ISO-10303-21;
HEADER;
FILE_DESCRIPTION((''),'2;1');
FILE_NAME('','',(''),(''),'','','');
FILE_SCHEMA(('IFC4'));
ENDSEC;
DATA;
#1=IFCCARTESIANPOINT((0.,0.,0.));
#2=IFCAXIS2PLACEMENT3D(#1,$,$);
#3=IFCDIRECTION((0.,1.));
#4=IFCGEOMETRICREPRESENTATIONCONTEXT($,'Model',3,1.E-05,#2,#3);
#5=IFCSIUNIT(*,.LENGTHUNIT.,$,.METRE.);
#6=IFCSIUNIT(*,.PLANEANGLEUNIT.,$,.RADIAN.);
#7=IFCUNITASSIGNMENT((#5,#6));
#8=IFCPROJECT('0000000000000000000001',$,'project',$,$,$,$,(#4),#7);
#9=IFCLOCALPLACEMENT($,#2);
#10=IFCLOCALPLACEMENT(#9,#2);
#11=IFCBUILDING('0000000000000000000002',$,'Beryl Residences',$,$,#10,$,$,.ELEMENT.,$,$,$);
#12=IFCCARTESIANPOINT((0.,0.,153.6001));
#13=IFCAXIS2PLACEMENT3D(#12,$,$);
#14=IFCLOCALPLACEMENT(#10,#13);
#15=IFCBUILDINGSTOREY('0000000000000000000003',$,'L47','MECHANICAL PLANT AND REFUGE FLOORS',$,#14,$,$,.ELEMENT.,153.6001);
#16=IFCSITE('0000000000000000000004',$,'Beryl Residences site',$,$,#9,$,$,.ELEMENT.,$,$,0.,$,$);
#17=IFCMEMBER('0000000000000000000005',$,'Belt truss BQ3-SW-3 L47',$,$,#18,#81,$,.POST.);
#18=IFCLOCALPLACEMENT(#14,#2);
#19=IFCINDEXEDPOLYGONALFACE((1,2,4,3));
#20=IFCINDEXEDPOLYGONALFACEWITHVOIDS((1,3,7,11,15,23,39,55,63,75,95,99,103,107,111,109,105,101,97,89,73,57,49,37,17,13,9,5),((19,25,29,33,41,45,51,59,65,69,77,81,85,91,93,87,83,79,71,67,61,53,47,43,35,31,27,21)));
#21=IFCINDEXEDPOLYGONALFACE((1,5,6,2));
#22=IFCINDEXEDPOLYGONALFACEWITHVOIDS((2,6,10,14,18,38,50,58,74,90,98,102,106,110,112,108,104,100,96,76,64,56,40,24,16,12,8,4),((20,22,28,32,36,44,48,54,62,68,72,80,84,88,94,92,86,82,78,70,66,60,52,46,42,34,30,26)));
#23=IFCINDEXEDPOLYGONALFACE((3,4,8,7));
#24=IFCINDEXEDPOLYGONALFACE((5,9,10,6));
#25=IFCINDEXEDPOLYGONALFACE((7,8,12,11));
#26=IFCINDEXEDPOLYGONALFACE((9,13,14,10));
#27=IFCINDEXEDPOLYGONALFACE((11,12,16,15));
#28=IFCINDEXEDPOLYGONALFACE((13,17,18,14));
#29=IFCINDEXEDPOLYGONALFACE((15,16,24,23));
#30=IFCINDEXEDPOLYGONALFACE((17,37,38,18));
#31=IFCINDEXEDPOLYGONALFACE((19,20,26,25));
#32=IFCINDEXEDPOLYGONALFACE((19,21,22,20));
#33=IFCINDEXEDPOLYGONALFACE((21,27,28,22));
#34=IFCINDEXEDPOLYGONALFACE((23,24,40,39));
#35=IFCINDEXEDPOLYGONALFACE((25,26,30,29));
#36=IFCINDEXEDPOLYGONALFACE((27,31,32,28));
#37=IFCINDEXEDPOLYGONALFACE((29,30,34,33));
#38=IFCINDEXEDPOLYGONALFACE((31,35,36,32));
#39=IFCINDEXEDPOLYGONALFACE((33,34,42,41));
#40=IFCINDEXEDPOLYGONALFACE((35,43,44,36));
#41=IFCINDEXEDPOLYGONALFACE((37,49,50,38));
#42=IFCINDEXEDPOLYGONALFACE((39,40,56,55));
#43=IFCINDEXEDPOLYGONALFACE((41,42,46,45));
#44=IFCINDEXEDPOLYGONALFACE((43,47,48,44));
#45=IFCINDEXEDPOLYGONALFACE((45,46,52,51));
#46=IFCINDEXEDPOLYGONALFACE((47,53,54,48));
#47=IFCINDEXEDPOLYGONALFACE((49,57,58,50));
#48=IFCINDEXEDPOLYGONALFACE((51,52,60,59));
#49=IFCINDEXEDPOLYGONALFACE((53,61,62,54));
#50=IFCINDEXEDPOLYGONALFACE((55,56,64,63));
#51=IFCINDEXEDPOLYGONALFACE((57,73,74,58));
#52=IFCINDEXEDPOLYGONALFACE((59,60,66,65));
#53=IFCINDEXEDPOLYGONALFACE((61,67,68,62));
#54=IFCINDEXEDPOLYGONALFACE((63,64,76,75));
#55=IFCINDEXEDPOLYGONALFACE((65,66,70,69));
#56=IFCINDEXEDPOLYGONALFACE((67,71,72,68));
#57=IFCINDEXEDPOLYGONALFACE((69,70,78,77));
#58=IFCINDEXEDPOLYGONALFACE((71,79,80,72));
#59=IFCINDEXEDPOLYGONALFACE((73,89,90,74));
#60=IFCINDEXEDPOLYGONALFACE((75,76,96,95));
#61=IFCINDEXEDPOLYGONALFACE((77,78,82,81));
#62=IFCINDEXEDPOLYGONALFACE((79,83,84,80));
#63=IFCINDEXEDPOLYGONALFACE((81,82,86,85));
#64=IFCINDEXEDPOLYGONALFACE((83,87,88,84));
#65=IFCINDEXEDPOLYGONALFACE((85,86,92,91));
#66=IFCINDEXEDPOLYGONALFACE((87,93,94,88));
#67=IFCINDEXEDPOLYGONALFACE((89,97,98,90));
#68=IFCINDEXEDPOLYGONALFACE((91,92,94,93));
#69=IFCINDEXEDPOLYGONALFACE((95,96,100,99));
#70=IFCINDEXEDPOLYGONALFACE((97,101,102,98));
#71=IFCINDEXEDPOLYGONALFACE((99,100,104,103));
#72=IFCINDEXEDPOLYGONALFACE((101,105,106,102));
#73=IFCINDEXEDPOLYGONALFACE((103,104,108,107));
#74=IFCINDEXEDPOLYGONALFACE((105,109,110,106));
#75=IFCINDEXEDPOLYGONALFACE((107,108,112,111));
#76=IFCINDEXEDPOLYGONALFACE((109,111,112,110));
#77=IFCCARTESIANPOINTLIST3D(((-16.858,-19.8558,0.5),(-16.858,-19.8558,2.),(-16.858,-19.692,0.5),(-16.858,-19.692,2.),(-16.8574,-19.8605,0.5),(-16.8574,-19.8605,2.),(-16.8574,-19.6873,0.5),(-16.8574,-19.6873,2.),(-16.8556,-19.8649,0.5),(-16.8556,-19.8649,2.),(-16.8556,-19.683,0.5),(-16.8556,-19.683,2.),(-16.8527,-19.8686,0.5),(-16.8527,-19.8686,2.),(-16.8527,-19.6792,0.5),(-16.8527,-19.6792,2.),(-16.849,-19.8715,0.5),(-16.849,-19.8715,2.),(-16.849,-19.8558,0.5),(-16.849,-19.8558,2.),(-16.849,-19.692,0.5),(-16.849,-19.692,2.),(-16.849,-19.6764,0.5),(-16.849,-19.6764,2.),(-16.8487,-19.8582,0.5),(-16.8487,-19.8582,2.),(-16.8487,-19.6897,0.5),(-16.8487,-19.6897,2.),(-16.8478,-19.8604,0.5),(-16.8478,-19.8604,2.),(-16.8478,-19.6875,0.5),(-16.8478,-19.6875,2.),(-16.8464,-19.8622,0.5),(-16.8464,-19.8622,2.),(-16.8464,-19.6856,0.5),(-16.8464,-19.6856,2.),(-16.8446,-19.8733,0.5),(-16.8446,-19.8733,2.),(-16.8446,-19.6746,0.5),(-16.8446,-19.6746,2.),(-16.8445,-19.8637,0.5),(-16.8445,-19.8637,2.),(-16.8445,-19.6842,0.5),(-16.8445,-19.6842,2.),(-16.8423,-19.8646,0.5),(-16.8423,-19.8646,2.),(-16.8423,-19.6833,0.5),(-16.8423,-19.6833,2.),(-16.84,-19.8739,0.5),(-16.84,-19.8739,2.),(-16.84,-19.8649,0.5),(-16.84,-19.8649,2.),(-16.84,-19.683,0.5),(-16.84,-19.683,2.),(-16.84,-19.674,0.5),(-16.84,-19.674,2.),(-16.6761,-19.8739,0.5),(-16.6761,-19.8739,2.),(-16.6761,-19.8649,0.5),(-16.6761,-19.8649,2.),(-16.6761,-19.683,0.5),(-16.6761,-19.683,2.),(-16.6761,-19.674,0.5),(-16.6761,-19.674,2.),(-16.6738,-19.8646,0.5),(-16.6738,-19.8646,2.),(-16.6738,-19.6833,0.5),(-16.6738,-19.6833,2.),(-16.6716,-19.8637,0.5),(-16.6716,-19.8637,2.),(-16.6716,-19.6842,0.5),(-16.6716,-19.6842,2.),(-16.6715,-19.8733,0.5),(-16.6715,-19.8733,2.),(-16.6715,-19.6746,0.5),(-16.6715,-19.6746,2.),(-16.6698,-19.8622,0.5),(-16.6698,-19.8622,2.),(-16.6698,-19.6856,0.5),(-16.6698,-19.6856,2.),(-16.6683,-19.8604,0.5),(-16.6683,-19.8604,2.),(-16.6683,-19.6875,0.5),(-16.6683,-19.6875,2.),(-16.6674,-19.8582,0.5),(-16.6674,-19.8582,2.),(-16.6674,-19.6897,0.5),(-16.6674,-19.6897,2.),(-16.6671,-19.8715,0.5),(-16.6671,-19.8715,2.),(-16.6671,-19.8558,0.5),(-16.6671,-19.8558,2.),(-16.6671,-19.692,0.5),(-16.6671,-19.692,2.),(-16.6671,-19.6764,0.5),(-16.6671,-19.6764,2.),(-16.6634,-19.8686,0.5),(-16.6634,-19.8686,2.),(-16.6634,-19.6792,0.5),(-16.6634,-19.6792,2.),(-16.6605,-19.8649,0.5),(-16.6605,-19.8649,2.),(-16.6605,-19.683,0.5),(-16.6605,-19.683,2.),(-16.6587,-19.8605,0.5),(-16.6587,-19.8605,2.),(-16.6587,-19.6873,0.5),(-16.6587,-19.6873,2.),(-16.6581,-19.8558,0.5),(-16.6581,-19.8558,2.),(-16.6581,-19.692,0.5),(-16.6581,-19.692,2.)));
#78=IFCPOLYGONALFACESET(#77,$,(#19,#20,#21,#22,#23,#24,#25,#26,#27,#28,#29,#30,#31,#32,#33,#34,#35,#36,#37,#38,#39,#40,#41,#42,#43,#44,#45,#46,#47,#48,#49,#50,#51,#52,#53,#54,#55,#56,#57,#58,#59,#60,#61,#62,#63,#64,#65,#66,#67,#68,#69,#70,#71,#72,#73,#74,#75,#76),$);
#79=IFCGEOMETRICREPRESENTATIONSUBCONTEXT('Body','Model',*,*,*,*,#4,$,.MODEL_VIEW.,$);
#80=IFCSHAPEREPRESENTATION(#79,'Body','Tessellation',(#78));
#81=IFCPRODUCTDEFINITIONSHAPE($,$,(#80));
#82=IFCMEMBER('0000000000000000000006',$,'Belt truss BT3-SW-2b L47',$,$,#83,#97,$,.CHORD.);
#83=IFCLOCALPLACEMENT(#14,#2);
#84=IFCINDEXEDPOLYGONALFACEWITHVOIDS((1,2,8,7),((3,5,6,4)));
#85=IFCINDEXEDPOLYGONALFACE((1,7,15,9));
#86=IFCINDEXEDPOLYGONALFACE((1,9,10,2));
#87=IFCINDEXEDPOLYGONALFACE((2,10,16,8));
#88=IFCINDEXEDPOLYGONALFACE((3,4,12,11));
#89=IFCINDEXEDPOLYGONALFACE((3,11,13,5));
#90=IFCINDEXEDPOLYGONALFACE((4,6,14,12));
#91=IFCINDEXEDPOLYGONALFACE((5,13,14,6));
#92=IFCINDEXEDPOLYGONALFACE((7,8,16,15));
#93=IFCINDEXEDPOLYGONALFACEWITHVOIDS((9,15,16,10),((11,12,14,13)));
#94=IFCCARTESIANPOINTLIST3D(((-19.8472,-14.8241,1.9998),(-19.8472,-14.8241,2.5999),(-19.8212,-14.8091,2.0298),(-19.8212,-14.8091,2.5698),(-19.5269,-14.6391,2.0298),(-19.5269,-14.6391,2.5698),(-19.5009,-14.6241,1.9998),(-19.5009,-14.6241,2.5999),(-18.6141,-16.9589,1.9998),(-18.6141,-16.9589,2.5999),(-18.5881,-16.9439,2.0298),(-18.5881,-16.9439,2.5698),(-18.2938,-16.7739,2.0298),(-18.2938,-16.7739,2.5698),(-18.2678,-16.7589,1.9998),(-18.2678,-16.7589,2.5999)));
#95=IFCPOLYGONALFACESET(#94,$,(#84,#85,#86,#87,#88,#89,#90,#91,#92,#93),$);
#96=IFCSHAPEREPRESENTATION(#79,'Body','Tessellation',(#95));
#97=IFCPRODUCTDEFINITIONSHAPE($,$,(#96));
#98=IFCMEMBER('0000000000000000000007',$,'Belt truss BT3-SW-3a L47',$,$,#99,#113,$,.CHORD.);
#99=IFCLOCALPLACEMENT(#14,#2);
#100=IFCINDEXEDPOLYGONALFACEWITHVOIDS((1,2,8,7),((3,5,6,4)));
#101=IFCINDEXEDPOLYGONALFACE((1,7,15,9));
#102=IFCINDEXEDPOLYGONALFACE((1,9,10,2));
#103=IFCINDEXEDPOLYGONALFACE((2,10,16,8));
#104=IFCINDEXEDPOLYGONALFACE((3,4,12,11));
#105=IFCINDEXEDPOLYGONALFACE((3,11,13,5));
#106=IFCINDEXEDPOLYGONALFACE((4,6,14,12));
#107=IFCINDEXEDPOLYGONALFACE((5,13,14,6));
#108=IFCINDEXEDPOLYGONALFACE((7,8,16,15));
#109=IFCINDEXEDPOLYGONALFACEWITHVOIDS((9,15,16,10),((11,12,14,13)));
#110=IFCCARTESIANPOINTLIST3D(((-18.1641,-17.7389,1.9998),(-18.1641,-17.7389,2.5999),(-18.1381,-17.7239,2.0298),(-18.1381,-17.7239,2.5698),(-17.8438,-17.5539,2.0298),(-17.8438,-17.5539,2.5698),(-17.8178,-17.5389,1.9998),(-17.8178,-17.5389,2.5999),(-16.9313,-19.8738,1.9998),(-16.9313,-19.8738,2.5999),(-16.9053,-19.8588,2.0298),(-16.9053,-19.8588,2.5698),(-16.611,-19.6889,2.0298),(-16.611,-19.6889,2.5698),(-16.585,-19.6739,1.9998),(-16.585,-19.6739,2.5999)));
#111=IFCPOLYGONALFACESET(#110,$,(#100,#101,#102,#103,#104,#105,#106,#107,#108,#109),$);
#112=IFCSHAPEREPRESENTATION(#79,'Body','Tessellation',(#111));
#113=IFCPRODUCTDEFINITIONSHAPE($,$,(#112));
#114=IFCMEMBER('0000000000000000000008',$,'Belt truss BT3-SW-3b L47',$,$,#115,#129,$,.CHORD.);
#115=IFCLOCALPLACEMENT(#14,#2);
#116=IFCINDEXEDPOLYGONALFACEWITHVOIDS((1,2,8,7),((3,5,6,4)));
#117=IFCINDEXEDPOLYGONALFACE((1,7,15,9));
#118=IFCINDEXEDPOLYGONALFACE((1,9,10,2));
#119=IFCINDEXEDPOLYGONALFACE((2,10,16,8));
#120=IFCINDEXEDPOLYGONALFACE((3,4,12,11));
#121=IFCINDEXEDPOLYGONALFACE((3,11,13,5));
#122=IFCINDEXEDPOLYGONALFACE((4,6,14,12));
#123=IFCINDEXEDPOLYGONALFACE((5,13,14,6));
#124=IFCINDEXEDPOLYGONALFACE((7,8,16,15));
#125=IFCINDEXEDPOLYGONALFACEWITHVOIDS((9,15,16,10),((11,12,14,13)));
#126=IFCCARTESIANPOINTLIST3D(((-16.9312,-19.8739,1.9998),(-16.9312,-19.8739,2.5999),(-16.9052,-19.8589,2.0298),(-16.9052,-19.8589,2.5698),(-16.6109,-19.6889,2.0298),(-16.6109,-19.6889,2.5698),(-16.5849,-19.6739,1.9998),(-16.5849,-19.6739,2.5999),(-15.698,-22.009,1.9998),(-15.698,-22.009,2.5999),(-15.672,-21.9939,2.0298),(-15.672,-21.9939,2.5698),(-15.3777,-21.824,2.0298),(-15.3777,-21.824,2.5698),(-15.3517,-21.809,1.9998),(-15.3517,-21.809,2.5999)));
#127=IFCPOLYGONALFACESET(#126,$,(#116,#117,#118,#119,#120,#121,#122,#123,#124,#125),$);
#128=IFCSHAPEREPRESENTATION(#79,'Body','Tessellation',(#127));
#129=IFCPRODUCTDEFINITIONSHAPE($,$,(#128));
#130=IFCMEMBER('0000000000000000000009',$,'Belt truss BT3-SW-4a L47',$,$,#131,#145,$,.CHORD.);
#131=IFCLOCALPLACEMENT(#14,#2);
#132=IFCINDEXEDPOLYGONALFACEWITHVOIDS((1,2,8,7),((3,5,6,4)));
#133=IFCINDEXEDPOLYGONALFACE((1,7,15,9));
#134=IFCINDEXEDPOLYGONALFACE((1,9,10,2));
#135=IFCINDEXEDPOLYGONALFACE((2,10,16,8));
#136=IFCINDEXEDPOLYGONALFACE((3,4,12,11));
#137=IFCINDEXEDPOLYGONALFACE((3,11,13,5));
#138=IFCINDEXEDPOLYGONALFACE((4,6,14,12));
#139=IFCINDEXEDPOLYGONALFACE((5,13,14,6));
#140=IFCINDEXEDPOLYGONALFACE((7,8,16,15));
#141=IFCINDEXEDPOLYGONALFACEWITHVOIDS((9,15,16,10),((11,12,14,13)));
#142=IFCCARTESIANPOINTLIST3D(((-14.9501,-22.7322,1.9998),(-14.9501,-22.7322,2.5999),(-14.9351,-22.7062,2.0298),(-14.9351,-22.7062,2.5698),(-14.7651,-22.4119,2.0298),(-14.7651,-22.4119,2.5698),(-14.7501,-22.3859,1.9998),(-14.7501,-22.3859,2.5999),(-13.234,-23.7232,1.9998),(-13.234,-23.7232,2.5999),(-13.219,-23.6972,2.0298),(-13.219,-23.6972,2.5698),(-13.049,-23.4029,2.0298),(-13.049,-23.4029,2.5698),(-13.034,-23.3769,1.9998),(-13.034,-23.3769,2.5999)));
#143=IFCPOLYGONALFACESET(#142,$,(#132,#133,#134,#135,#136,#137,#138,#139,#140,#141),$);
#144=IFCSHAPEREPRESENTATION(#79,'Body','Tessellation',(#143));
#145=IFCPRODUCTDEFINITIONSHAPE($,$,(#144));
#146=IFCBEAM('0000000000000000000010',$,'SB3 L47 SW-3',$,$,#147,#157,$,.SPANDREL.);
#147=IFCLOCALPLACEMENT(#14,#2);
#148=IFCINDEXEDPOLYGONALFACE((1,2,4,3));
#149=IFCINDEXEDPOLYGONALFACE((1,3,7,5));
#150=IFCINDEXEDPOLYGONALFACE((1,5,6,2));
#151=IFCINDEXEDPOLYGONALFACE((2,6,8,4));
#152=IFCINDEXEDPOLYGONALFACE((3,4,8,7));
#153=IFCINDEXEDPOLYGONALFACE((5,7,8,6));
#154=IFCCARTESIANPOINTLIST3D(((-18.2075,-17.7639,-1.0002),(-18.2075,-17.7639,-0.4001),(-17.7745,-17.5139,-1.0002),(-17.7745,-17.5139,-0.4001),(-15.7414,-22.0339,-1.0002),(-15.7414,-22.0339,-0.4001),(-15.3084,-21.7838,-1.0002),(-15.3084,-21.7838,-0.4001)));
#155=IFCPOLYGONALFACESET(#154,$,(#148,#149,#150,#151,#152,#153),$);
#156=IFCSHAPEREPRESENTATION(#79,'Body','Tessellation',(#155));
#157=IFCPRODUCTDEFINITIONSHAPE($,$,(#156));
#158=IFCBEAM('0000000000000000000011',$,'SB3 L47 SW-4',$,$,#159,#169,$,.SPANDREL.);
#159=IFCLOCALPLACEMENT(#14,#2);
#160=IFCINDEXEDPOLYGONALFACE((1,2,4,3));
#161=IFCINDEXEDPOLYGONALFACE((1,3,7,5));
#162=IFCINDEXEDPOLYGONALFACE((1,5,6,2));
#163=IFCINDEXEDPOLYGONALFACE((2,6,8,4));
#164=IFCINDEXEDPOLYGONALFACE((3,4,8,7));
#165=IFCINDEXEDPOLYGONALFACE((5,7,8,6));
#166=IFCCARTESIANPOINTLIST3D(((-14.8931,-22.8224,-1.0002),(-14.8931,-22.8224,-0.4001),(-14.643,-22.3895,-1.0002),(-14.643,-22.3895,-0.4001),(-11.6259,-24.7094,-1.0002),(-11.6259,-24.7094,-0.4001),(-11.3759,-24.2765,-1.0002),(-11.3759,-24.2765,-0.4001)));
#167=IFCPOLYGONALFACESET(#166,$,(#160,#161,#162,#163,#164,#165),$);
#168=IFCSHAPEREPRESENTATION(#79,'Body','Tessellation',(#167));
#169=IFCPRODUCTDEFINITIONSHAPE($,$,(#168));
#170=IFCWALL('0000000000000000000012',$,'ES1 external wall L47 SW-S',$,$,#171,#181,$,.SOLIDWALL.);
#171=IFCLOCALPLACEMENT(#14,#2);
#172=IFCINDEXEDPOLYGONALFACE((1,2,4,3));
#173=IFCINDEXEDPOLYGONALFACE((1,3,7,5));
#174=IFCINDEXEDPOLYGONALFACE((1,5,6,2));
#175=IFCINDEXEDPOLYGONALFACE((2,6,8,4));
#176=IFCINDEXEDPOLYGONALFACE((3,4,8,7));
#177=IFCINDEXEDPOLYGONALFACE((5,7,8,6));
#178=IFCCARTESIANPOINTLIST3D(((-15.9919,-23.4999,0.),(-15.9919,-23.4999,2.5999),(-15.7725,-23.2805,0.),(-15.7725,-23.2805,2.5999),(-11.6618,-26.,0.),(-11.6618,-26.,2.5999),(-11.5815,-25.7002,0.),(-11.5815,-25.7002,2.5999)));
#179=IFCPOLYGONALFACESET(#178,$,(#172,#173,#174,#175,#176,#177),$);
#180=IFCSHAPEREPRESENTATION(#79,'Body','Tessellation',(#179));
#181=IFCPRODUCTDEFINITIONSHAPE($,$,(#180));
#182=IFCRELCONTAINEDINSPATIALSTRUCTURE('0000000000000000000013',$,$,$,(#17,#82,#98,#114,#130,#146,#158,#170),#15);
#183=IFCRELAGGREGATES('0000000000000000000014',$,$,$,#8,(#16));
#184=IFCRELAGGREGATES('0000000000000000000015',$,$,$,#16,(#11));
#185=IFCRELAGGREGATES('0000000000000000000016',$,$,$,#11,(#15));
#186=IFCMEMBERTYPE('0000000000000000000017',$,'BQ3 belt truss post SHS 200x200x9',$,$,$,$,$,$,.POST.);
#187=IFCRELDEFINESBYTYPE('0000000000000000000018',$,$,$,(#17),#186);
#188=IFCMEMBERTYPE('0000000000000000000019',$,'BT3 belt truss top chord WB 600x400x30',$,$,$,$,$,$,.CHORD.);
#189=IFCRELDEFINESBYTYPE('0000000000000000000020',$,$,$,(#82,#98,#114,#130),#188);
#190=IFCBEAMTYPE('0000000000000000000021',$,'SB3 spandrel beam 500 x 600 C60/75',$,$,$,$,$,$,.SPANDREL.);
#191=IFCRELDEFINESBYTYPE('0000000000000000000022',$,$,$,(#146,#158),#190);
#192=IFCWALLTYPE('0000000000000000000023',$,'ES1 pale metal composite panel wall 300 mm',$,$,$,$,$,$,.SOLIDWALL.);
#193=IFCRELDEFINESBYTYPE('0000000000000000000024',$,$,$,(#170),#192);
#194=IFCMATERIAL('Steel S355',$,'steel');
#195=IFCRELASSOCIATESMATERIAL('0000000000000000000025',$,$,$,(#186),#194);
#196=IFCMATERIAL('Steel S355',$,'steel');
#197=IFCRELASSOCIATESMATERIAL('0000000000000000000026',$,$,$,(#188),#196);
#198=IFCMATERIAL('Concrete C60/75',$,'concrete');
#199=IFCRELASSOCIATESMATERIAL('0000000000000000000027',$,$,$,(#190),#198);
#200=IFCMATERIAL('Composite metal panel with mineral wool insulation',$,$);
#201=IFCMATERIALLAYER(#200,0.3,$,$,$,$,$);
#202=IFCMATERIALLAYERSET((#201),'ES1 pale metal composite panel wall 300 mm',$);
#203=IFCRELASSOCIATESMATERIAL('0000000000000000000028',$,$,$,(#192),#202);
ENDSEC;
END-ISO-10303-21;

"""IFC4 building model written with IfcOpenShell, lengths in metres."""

from ifc_helpers import new_model, si_unit, direction, frame, origin, origin_2d, place, context, subcontext, project, spatial, polyline, rectangle, hollow_rectangle, outline, extrude, material, layer, layer_set, material_profile, profile_set, type_object, element, save


model = new_model("IFC4")

# Units and contexts
model_context = context("Model", 3, precision=1e-05, world=origin(), true_north=direction((0.0, 1.0)))
body_context = subcontext(model_context, "Body", "Model", "MODEL_VIEW")
ifc_project = project(units=[si_unit("LENGTHUNIT", "METRE"), si_unit("PLANEANGLEUNIT", "RADIAN")], contexts=[model_context])

# Site, building, storey
site_placement = place(None, origin())
site = spatial("IfcSite", under=ifc_project, at=site_placement, Name="Beryl Residences site", CompositionType="ELEMENT", RefElevation=0.0)
building_placement = place(site_placement, origin())
building = spatial("IfcBuilding", under=site, at=building_placement, Name="Beryl Residences", CompositionType="ELEMENT")
storey_placement = place(building_placement, frame((0.0, 0.0, 153.6001)))
storey = spatial("IfcBuildingStorey", under=building, at=storey_placement, Name="L47", Description="MECHANICAL PLANT AND REFUGE FLOORS", CompositionType="ELEMENT", Elevation=153.6001)

# Members
ifc_material_1 = material(Name="Steel S355", Category="steel")
ifc_material_profile_1 = material_profile(ifc_material_1, hollow_rectangle(XDim=0.2, YDim=0.2, WallThickness=0.009, InnerFilletRadius=0.009, OuterFilletRadius=0.0181, at=origin_2d()))
ifc_profile_set_1 = profile_set([ifc_material_profile_1], Name="Steel S355")
member_type_1 = type_object("IfcMemberType", Name="BQ3 belt truss post SHS 200x200x9", PredefinedType="POST", material=ifc_profile_set_1)
for number, where, z_axis, x_axis, name in (
    (1, (-16.7581, -19.7739, 0.5), (0.0, 0.0, 1.0), (1.0, 0.0, 0.0), "Belt truss BQ3-SW-3 L47"),
):
    element("IfcMember", number, at=place(storey_placement, frame(where, z_axis=z_axis, x_axis=x_axis)), inside=storey, type_object=member_type_1, Name=name, PredefinedType="POST", context=body_context, shape_type="SweptSolid", body=[
        extrude(hollow_rectangle(XDim=0.2, YDim=0.2, WallThickness=0.009, InnerFilletRadius=0.009, OuterFilletRadius=0.0181, at=origin_2d()), origin(), (0.0, 0.0, 1.0), 1.5),
    ])
ifc_material_2 = material(Name="Steel S355", Category="steel")
ifc_material_profile_2 = material_profile(ifc_material_2, hollow_rectangle(XDim=0.3999, YDim=0.6001, WallThickness=0.03, at=origin_2d()))
ifc_profile_set_2 = profile_set([ifc_material_profile_2], Name="Steel S355")
member_type_2 = type_object("IfcMemberType", Name="BT3 belt truss top chord WB 600x400x30", PredefinedType="CHORD", material=ifc_profile_set_2)
for number, where, z_axis, x_axis, name in (
    (2, (-19.6741, -14.7241, 2.2998), (0.500197, -0.865912, 0.0), (0.865912, 0.500197, 0.0), "Belt truss BT3-SW-2b L47"),
    (3, (-17.991, -17.6389, 2.2998), (0.50008, -0.865979, 0.0), (0.865979, 0.50008, 0.0), "Belt truss BT3-SW-3a L47"),
):
    element("IfcMember", number, at=place(storey_placement, frame(where, z_axis=z_axis, x_axis=x_axis)), inside=storey, type_object=member_type_2, Name=name, PredefinedType="CHORD", context=body_context, shape_type="SweptSolid", body=[
        extrude(hollow_rectangle(XDim=0.3999, YDim=0.6001, WallThickness=0.03, at=origin_2d()), origin(), (0.0, 0.0, 1.0), 2.4653),
    ])
member_1_placement = place(storey_placement, frame((-16.7581, -19.7739, 2.2998), z_axis=(0.500154, -0.865937, 0.0), x_axis=(0.865937, 0.500154, 0.0)))
element("IfcMember", 4, at=member_1_placement, inside=storey, type_object=member_type_2, Name="Belt truss BT3-SW-3b L47", PredefinedType="CHORD", context=body_context, shape_type="SweptSolid", body=[
    extrude(hollow_rectangle(XDim=0.3999, YDim=0.6001, WallThickness=0.03, at=origin_2d()), origin(), (0.0, 0.0, 1.0), 2.4656),
])
member_2_placement = place(storey_placement, frame((-14.8501, -22.5591, 2.2998), z_axis=(0.865982, -0.500074, 0.0), x_axis=(0.500074, 0.865982, 0.0)))
element("IfcMember", 5, at=member_2_placement, inside=storey, type_object=member_type_2, Name="Belt truss BT3-SW-4a L47", PredefinedType="CHORD", context=body_context, shape_type="SweptSolid", body=[
    extrude(hollow_rectangle(XDim=0.3999, YDim=0.6001, WallThickness=0.03, at=origin_2d()), origin(), (0.0, 0.0, 1.0), 1.9817),
])

# Beams
ifc_material_3 = material(Name="Concrete C60/75", Category="concrete")
ifc_material_profile_3 = material_profile(ifc_material_3, rectangle(XDim=0.5, YDim=0.6001, at=origin_2d()))
ifc_profile_set_3 = profile_set([ifc_material_profile_3], Name="Concrete C60/75")
beam_type = type_object("IfcBeamType", Name="SB3 spandrel beam 500 x 600 C60/75", PredefinedType="SPANDREL", material=ifc_profile_set_3)
beam_1_placement = place(storey_placement, frame((-17.991, -17.6389, -0.7002), z_axis=(0.500117, -0.865958, 0.0), x_axis=(0.865958, 0.500117, 0.0)))
element("IfcBeam", 6, at=beam_1_placement, inside=storey, type_object=beam_type, Name="SB3 L47 SW-3", PredefinedType="SPANDREL", context=body_context, shape_type="SweptSolid", body=[
    extrude(rectangle(XDim=0.5, YDim=0.6001, at=origin_2d()), origin(), (0.0, 0.0, 1.0), 4.9309),
])
beam_2_placement = place(storey_placement, frame((-14.7681, -22.606, -0.7002), z_axis=(0.865944, -0.500141, 0.0), x_axis=(0.500141, 0.865944, 0.0)))
element("IfcBeam", 7, at=beam_2_placement, inside=storey, type_object=beam_type, Name="SB3 L47 SW-4", PredefinedType="SPANDREL", context=body_context, shape_type="SweptSolid", body=[
    extrude(rectangle(XDim=0.5, YDim=0.6001, at=origin_2d()), origin(), (0.0, 0.0, 1.0), 3.7729),
])

# Wall
ifc_material_4 = material(Name="Composite metal panel with mineral wool insulation")
ifc_layer_1 = layer(ifc_material_4, 0.3)
ifc_layer_set_1 = layer_set([ifc_layer_1], Name="ES1 pale metal composite panel wall 300 mm")
wall_type_1 = type_object("IfcWallType", Name="ES1 pale metal composite panel wall 300 mm", PredefinedType="SOLIDWALL", material=ifc_layer_set_1)
wall_1_placement = place(storey_placement, frame((-15.917, -23.3701, 0.0), z_axis=(0.0, 0.0, 1.0), x_axis=(0.866023, -0.500004, 0.0)))
element("IfcWall", 8, at=wall_1_placement, inside=storey, type_object=wall_type_1, Name="ES1 external wall L47 SW-S", PredefinedType="SOLIDWALL", context=body_context, shape_type="SweptSolid", body=[
    extrude(outline(polyline([(0.0, -0.1499), (5.0, -0.1499), (4.9197, 0.1499), (0.0803, 0.1499), (0.0, -0.1499)])), origin(), (0.0, 0.0, 1.0), 2.5999),
])

save(model, "model.ifc")
